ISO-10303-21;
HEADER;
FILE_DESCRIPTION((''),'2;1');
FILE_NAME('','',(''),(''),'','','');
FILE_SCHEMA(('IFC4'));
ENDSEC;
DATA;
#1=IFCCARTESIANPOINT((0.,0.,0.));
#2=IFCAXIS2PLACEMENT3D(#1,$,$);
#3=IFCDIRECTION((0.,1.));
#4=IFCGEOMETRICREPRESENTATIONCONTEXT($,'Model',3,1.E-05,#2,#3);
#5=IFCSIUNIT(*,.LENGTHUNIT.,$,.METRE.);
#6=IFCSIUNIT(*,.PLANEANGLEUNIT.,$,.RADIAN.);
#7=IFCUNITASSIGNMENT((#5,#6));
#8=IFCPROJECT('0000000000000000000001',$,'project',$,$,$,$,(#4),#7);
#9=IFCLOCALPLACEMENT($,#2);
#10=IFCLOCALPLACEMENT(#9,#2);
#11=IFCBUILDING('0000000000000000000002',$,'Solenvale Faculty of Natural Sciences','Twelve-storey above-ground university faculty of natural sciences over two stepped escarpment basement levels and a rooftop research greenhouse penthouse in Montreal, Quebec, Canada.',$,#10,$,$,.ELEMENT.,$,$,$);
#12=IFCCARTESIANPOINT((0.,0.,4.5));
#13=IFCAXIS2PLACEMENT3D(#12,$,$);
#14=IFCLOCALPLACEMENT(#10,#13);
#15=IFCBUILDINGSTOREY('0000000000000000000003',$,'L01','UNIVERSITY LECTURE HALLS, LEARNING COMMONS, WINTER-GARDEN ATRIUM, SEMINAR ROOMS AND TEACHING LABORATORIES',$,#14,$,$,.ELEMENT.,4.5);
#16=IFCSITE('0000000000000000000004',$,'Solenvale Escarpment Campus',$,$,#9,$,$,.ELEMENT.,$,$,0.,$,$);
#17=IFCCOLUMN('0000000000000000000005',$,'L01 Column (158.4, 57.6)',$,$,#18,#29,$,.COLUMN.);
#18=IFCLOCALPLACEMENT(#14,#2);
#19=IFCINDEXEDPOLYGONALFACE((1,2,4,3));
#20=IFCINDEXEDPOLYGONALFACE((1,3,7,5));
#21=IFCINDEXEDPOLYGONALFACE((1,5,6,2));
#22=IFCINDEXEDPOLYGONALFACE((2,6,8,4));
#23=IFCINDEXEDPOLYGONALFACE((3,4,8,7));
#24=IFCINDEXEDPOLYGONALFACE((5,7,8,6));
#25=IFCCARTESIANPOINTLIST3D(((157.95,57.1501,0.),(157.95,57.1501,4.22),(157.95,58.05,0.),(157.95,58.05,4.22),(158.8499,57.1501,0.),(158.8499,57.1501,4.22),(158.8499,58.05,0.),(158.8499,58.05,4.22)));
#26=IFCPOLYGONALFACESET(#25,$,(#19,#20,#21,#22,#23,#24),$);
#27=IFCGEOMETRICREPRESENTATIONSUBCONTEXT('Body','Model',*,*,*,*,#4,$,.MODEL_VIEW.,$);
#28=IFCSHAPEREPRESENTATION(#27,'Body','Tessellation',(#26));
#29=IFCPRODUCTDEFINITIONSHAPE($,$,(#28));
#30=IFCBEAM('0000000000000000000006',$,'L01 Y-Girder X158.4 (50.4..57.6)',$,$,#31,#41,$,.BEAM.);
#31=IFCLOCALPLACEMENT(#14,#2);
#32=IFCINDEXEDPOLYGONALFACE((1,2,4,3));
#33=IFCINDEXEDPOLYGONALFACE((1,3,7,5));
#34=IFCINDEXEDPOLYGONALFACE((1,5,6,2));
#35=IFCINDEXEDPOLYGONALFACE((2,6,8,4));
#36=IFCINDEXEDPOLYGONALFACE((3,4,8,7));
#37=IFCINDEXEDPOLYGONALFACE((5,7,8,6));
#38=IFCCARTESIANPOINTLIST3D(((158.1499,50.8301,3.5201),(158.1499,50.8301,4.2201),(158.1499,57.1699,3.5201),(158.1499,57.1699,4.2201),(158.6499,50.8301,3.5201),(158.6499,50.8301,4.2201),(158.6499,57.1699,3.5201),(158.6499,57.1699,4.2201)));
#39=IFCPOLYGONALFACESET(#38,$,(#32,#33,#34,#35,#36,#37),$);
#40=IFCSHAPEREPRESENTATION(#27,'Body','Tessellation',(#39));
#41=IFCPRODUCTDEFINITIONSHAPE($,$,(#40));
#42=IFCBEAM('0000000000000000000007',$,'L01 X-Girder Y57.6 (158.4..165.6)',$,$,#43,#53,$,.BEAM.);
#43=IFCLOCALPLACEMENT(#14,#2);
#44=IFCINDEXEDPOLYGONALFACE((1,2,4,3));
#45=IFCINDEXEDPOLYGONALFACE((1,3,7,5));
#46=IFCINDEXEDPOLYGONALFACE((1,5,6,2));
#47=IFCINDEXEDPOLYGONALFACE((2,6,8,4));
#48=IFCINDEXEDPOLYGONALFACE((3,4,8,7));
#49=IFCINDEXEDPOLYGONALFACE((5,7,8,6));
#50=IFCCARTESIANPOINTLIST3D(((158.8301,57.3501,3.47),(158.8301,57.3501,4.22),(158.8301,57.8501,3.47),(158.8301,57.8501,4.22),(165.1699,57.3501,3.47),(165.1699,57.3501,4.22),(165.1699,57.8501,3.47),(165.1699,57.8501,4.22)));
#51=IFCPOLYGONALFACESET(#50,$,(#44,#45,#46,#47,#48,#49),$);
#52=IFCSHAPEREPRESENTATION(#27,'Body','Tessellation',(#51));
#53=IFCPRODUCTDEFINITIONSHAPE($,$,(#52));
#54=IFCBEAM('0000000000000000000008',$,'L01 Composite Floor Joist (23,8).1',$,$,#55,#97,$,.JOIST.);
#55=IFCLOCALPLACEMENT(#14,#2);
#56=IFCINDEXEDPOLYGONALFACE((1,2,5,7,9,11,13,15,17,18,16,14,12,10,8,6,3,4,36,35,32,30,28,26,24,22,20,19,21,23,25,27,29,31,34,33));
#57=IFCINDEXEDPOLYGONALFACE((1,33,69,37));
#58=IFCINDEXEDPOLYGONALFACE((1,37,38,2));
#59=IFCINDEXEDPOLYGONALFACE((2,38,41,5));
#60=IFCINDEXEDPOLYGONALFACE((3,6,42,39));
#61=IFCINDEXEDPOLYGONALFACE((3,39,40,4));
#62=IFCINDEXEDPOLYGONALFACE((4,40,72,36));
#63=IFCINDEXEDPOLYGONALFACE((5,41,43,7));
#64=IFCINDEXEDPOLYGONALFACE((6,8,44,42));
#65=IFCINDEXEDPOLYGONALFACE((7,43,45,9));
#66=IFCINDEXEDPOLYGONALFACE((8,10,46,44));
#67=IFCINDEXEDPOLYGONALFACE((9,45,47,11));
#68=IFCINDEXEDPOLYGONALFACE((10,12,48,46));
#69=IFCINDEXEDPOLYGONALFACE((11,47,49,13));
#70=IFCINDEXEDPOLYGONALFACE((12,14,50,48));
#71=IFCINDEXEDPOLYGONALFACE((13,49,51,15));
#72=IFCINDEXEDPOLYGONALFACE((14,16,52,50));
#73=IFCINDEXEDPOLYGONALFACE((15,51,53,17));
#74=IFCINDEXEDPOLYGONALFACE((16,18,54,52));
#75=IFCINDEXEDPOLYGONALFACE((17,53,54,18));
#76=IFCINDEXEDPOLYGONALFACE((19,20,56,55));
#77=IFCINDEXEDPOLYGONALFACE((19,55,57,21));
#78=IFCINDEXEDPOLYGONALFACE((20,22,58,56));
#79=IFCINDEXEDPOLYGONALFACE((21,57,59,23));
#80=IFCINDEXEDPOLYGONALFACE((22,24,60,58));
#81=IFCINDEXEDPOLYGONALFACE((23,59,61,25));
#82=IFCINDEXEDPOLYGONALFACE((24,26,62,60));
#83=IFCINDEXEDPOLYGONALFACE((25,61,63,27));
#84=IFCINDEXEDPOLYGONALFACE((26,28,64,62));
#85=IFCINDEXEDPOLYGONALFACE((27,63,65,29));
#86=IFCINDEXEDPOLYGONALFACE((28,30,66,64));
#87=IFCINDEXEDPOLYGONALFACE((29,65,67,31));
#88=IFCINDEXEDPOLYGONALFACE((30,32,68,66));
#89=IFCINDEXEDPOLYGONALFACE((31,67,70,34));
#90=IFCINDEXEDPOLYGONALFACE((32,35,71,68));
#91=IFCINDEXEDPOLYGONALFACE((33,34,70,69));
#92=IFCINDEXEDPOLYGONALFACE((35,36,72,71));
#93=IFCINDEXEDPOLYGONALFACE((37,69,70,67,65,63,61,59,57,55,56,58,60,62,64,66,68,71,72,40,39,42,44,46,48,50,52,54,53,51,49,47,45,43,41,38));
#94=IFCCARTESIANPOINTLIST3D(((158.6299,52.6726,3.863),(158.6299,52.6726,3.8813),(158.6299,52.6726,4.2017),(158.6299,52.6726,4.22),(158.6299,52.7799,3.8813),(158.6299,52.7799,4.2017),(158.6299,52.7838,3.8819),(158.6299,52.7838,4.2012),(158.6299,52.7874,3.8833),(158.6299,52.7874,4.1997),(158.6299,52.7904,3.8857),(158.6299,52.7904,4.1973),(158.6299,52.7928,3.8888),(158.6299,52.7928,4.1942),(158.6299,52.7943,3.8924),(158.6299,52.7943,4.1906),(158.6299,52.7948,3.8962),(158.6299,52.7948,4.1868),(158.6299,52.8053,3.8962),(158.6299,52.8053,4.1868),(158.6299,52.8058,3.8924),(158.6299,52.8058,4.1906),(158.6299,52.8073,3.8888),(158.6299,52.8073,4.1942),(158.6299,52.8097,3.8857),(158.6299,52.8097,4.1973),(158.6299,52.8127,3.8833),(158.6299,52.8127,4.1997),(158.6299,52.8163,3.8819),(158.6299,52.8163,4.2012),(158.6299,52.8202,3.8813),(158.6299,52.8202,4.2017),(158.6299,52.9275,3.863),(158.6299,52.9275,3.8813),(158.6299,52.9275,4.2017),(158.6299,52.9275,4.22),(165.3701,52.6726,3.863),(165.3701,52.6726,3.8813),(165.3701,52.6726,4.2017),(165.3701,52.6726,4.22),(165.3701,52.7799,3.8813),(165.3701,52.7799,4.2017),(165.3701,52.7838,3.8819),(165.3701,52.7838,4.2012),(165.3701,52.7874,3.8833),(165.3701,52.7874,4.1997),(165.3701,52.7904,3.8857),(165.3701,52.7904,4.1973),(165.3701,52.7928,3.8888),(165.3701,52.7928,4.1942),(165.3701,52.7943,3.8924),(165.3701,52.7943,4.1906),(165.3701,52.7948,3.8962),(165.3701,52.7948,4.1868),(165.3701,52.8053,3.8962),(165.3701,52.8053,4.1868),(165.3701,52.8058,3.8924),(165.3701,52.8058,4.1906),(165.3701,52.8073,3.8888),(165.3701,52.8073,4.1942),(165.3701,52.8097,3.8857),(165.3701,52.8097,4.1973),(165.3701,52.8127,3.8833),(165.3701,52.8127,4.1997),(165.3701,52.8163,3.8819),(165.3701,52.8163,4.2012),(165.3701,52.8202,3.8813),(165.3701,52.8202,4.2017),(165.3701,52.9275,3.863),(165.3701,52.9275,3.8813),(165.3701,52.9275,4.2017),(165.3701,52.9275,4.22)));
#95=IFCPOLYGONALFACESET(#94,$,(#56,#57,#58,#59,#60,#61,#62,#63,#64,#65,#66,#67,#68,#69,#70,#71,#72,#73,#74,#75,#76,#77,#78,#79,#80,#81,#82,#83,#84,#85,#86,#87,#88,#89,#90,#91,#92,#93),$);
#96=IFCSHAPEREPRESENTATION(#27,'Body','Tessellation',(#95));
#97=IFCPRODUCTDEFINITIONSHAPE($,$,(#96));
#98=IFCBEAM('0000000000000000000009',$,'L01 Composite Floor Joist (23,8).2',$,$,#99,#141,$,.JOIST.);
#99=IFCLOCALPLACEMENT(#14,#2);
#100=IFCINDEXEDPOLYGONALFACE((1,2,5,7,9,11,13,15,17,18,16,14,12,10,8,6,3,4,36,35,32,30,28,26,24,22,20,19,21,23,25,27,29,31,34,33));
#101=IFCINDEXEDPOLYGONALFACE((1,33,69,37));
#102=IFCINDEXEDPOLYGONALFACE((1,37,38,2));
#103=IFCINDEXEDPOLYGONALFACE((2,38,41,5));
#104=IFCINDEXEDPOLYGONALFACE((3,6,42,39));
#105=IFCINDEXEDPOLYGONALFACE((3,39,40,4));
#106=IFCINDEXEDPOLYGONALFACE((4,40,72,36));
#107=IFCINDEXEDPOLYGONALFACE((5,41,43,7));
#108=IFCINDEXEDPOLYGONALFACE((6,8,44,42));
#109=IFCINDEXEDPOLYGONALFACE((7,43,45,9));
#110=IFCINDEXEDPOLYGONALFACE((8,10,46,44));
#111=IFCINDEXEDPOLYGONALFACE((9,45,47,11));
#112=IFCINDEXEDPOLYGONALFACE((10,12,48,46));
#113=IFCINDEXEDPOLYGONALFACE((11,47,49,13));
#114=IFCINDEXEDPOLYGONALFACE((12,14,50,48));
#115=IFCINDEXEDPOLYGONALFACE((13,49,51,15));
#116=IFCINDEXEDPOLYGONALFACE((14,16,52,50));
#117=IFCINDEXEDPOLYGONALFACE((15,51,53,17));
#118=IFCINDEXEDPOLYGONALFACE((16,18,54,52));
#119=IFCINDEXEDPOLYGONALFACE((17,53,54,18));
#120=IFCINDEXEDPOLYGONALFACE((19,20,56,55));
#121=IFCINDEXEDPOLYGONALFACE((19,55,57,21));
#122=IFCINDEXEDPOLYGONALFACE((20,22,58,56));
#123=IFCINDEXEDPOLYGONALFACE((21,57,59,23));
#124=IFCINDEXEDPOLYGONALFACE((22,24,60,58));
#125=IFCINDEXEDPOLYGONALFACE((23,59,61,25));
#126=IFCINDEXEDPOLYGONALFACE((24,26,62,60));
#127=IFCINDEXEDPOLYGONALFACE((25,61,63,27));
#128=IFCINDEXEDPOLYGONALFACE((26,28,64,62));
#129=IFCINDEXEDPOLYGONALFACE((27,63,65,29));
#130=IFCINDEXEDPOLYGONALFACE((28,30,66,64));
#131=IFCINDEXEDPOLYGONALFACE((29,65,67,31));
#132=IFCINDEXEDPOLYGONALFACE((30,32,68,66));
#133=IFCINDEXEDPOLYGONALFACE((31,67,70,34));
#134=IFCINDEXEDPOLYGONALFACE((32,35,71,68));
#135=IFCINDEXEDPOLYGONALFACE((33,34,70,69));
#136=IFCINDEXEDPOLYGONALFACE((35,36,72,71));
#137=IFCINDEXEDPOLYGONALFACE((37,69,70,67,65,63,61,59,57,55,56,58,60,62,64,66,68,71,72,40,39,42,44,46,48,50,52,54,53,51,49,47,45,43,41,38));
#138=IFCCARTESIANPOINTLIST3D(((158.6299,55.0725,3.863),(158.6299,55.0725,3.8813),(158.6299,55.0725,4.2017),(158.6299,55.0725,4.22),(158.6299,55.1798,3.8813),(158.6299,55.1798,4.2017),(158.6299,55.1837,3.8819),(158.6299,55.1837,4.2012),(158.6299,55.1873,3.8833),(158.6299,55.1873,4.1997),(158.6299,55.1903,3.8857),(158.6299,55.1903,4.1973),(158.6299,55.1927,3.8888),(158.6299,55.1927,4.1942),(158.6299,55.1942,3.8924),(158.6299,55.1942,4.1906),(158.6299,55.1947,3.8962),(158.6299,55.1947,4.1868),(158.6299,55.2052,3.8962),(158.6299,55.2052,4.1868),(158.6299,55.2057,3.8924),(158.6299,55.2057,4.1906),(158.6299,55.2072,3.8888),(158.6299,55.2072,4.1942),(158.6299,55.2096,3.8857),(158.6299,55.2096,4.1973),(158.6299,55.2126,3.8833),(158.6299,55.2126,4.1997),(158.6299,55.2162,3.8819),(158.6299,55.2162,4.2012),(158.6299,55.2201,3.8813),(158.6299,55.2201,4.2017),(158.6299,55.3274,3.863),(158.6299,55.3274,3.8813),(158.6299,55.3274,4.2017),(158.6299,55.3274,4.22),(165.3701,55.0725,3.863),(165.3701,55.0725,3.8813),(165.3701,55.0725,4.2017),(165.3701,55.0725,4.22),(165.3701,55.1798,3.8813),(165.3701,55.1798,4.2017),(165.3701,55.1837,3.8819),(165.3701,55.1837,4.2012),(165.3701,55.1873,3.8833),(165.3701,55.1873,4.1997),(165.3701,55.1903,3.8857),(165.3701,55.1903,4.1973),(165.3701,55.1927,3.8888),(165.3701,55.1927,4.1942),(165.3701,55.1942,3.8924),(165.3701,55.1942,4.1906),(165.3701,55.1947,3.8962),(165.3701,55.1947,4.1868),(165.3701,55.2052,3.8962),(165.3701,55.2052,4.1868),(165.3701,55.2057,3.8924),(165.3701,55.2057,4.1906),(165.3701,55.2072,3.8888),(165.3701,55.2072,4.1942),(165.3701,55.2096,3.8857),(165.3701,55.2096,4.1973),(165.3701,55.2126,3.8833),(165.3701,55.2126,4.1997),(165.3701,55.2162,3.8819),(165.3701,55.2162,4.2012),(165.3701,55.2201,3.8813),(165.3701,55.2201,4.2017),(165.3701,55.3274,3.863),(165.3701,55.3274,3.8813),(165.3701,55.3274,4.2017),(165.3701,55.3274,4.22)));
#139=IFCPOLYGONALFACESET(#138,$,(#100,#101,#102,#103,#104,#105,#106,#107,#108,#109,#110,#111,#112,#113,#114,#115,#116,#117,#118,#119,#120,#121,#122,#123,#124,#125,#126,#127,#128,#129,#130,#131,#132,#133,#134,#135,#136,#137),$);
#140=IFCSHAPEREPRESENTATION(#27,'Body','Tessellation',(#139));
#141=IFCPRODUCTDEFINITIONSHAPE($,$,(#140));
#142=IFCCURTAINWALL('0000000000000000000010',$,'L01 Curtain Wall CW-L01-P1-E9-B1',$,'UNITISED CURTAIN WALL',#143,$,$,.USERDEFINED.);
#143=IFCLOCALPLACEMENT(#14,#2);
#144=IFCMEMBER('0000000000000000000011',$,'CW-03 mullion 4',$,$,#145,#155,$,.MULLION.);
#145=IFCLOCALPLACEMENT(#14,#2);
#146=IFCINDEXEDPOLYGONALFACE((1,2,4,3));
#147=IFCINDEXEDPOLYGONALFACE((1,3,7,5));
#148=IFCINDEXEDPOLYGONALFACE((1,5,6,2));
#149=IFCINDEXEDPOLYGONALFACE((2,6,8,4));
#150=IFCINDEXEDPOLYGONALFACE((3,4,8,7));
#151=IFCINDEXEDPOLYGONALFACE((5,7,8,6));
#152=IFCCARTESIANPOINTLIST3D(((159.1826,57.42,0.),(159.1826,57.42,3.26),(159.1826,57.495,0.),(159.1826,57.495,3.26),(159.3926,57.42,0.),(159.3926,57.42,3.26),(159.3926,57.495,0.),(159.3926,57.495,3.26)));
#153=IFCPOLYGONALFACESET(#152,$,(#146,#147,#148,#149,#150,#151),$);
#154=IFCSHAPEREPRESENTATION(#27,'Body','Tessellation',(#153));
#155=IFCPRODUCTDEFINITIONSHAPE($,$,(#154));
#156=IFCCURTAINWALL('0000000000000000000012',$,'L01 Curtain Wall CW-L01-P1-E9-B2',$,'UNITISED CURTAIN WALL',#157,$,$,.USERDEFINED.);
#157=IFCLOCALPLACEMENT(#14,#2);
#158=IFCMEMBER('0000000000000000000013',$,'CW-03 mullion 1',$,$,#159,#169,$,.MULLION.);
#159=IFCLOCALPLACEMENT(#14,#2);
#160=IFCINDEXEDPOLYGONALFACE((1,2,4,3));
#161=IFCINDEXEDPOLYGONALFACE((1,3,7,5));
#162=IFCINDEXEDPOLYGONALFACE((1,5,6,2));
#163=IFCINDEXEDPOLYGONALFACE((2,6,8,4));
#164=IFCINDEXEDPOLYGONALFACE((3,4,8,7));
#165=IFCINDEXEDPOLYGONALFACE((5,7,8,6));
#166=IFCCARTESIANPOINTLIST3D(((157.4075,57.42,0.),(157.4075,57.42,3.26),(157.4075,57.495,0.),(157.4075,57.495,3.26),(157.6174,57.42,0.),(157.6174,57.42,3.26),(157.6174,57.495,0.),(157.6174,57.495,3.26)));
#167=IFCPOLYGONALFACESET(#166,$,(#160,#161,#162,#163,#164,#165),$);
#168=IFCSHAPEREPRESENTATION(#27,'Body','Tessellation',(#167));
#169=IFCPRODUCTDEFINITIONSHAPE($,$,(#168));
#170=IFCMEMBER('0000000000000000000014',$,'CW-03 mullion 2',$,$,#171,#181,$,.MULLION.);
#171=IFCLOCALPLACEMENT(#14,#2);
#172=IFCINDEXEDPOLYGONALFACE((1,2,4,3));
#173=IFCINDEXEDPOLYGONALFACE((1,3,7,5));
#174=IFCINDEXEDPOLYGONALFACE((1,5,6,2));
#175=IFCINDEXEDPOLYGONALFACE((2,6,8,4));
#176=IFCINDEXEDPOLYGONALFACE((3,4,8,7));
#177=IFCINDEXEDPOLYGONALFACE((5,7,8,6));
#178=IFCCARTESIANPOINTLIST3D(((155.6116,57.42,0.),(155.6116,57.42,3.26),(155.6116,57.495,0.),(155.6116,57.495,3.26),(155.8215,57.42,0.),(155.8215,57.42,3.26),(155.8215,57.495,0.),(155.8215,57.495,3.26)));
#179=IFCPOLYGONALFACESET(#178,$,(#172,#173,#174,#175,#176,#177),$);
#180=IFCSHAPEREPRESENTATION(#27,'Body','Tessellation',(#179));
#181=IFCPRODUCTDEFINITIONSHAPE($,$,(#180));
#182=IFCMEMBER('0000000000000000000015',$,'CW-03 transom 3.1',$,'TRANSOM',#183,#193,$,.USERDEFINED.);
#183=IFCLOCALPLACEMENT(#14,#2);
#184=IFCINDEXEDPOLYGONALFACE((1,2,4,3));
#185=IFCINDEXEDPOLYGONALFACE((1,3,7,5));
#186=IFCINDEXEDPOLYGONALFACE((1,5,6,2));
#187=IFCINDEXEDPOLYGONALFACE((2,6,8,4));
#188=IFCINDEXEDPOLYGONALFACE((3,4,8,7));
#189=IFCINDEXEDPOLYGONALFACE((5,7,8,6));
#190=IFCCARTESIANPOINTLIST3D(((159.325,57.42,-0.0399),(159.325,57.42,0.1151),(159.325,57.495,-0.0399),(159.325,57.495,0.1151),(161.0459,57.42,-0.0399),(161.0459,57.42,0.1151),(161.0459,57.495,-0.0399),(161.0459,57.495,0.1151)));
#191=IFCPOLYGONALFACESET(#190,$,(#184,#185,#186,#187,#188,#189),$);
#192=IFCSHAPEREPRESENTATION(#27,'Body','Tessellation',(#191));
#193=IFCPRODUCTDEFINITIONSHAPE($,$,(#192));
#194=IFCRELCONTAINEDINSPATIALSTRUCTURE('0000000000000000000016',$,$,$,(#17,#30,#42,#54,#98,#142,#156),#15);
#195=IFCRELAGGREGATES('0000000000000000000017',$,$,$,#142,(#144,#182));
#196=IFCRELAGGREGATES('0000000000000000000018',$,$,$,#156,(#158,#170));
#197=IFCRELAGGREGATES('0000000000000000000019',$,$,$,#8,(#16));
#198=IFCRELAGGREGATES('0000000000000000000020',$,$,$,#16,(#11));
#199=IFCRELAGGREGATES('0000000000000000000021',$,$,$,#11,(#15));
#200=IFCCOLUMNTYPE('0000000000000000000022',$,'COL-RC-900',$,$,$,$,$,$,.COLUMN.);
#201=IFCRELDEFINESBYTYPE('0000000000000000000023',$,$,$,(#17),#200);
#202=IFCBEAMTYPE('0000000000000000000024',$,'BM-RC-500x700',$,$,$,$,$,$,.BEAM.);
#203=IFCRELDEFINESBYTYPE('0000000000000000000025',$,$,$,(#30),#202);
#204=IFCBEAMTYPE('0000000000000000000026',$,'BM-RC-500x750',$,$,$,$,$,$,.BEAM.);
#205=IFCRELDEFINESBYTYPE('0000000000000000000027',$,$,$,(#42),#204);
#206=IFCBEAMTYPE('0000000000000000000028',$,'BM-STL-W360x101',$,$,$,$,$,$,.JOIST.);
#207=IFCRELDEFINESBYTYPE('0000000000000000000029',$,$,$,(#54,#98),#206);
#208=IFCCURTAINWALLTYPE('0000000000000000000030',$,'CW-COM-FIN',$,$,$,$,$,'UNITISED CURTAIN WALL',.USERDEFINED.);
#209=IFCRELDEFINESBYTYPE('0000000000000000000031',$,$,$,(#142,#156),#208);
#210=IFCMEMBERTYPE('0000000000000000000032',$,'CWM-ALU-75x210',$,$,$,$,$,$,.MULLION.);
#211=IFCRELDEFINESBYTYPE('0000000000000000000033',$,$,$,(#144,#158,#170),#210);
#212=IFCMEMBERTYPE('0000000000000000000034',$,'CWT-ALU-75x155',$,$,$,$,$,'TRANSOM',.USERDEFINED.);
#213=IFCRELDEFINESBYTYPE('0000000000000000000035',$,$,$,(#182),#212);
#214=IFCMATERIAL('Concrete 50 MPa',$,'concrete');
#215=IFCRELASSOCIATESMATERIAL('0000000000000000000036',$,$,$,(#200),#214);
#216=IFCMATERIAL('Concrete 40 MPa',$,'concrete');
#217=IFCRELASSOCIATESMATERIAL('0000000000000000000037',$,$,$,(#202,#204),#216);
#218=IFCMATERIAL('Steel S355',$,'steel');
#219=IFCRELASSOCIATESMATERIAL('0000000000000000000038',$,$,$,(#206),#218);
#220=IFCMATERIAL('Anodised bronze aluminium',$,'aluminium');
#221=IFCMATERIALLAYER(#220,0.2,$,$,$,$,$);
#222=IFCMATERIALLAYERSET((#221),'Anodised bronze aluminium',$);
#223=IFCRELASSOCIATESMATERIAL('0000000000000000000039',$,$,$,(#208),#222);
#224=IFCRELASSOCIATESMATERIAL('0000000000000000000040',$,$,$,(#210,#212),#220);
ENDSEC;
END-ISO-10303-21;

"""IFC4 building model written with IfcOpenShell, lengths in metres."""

from ifc_helpers import new_model, si_unit, direction, frame, origin, origin_2d, place, context, subcontext, project, spatial, rectangle, i_section, extrude, material, layer, layer_set, material_profile, profile_set, type_object, element, aggregate, save


model = new_model("IFC4")

# Units and contexts
model_context = context("Model", 3, precision=1e-05, world=origin(), true_north=direction((0.0, 1.0)))
body_context = subcontext(model_context, "Body", "Model", "MODEL_VIEW")
ifc_project = project(units=[si_unit("LENGTHUNIT", "METRE"), si_unit("PLANEANGLEUNIT", "RADIAN")], contexts=[model_context])

# Site, building, storey
site_placement = place(None, origin())
site = spatial("IfcSite", under=ifc_project, at=site_placement, Name="Solenvale Escarpment Campus", CompositionType="ELEMENT", RefElevation=0.0)
building_placement = place(site_placement, origin())
building = spatial("IfcBuilding", under=site, at=building_placement, Name="Solenvale Faculty of Natural Sciences", Description="Twelve-storey above-ground university faculty of natural sciences over two stepped escarpment basement levels and a rooftop research greenhouse penthouse in Montreal, Quebec, Canada.", CompositionType="ELEMENT")
storey_placement = place(building_placement, frame((0.0, 0.0, 4.5)))
storey = spatial("IfcBuildingStorey", under=building, at=storey_placement, Name="L01", Description="UNIVERSITY LECTURE HALLS, LEARNING COMMONS, WINTER-GARDEN ATRIUM, SEMINAR ROOMS AND TEACHING LABORATORIES", CompositionType="ELEMENT", Elevation=4.5)

# Column
ifc_material_1 = material(Name="Concrete 50 MPa", Category="concrete")
ifc_material_profile_1 = material_profile(ifc_material_1, rectangle(XDim=0.8999, YDim=0.8999, at=origin_2d()), Name="RC-COL-900x900")
ifc_profile_set_1 = profile_set([ifc_material_profile_1], Name="Concrete 50 MPa")
column_type = type_object("IfcColumnType", Name="COL-RC-900", PredefinedType="COLUMN", material=ifc_profile_set_1)
column_placement = place(storey_placement, frame((158.3999, 57.6001, 0.0), z_axis=(0.0, 0.0, 1.0), x_axis=(1.0, 0.0, 0.0)))
element("IfcColumn", 1, at=column_placement, inside=storey, type_object=column_type, Name="L01 Column (158.4, 57.6)", PredefinedType="COLUMN", context=body_context, shape_type="SweptSolid", body=[
    extrude(rectangle(XDim=0.8999, YDim=0.8999, at=origin_2d()), origin(), (0.0, 0.0, 1.0), 4.22),
])

# Beams
ifc_material_2 = material(Name="Concrete 40 MPa", Category="concrete")
ifc_material_profile_2 = material_profile(ifc_material_2, rectangle(XDim=0.5, YDim=0.7, at=origin_2d()), Name="RC-BM-500x700")
ifc_profile_set_2 = profile_set([ifc_material_profile_2], Name="Concrete 40 MPa")
beam_type_1 = type_object("IfcBeamType", Name="BM-RC-500x700", PredefinedType="BEAM", material=ifc_profile_set_2)
beam_1_placement = place(storey_placement, frame((158.3999, 50.8301, 3.8701), z_axis=(0.0, 1.0, 0.0), x_axis=(-1.0, 0.0, 0.0)))
element("IfcBeam", 2, at=beam_1_placement, inside=storey, type_object=beam_type_1, Name="L01 Y-Girder X158.4 (50.4..57.6)", PredefinedType="BEAM", context=body_context, shape_type="SweptSolid", body=[
    extrude(rectangle(XDim=0.5, YDim=0.7, at=origin_2d()), origin(), (0.0, 0.0, 1.0), 6.3398),
])
ifc_material_profile_3 = material_profile(ifc_material_2, rectangle(XDim=0.5, YDim=0.75, at=origin_2d()), Name="RC-BM-500x750")
ifc_profile_set_3 = profile_set([ifc_material_profile_3], Name="Concrete 40 MPa")
beam_type_2 = type_object("IfcBeamType", Name="BM-RC-500x750", PredefinedType="BEAM", material=ifc_profile_set_3)
beam_2_placement = place(storey_placement, frame((158.8301, 57.6001, 3.845), z_axis=(1.0, 0.0, 0.0), x_axis=(0.0, 1.0, 0.0)))
element("IfcBeam", 3, at=beam_2_placement, inside=storey, type_object=beam_type_2, Name="L01 X-Girder Y57.6 (158.4..165.6)", PredefinedType="BEAM", context=body_context, shape_type="SweptSolid", body=[
    extrude(rectangle(XDim=0.5, YDim=0.75, at=origin_2d()), origin(), (0.0, 0.0, 1.0), 6.3398),
])
ifc_material_3 = material(Name="Steel S355", Category="steel")
ifc_material_profile_4 = material_profile(ifc_material_3, i_section(OverallWidth=0.2549, OverallDepth=0.3569, WebThickness=0.0105, FlangeThickness=0.0183, FilletRadius=0.0149, at=origin_2d()), Name="W360x101")
ifc_profile_set_4 = profile_set([ifc_material_profile_4], Name="Steel S355")
beam_type_3 = type_object("IfcBeamType", Name="BM-STL-W360x101", PredefinedType="JOIST", material=ifc_profile_set_4)
for number, where, z_axis, x_axis, name in (
    (4, (158.6299, 52.8, 4.0415), (1.0, 0.0, 0.0), (0.0, 1.0, 0.0), "L01 Composite Floor Joist (23,8).1"),
    (5, (158.6299, 55.2, 4.0415), (1.0, 0.0, 0.0), (0.0, 1.0, 0.0), "L01 Composite Floor Joist (23,8).2"),
):
    element("IfcBeam", number, at=place(storey_placement, frame(where, z_axis=z_axis, x_axis=x_axis)), inside=storey, type_object=beam_type_3, Name=name, PredefinedType="JOIST", context=body_context, shape_type="SweptSolid", body=[
        extrude(i_section(OverallWidth=0.2549, OverallDepth=0.3569, WebThickness=0.0105, FlangeThickness=0.0183, FilletRadius=0.0149, at=origin_2d()), origin(), (0.0, 0.0, 1.0), 6.7402),
    ])

# Curtain wall, member
ifc_material_4 = material(Name="Anodised bronze aluminium", Category="aluminium")
ifc_layer_1 = layer(ifc_material_4, 0.2)
ifc_layer_set_1 = layer_set([ifc_layer_1], Name="Anodised bronze aluminium")
curtain_wall_type = type_object("IfcCurtainWallType", Name="CW-COM-FIN", ElementType="UNITISED CURTAIN WALL", PredefinedType="USERDEFINED", material=ifc_layer_set_1)
curtain_wall_1_placement = place(storey_placement, origin())
curtain_wall_1 = element("IfcCurtainWall", 6, at=curtain_wall_1_placement, inside=storey, type_object=curtain_wall_type, Name="L01 Curtain Wall CW-L01-P1-E9-B1", ObjectType="UNITISED CURTAIN WALL", PredefinedType="USERDEFINED")
ifc_material_profile_5 = material_profile(ifc_material_4, rectangle(XDim=0.075, YDim=0.21, at=origin_2d()), Name="ALU-MUL-75x210")
ifc_profile_set_5 = profile_set([ifc_material_profile_5], Name="Anodised bronze aluminium")
member_type_1 = type_object("IfcMemberType", Name="CWM-ALU-75x210", PredefinedType="MULLION", material=ifc_profile_set_5)
member_1_placement = place(storey_placement, frame((159.2876, 57.4575, 0.0), z_axis=(0.0, 0.0, 1.0), x_axis=(0.0, -1.0, 0.0)))
member_1 = element("IfcMember", 7, at=member_1_placement, type_object=member_type_1, Name="CW-03 mullion 4", PredefinedType="MULLION", context=body_context, shape_type="SweptSolid", body=[
    extrude(rectangle(XDim=0.075, YDim=0.21, at=origin_2d()), origin(), (0.0, 0.0, 1.0), 3.26),
])

# Curtain wall, members
curtain_wall_2_placement = place(storey_placement, origin())
curtain_wall_2 = element("IfcCurtainWall", 8, at=curtain_wall_2_placement, inside=storey, type_object=curtain_wall_type, Name="L01 Curtain Wall CW-L01-P1-E9-B2", ObjectType="UNITISED CURTAIN WALL", PredefinedType="USERDEFINED")
member_2_placement = place(storey_placement, frame((157.5125, 57.4575, 0.0), z_axis=(0.0, 0.0, 1.0), x_axis=(0.0, -1.0, 0.0)))
member_2 = element("IfcMember", 9, at=member_2_placement, type_object=member_type_1, Name="CW-03 mullion 1", PredefinedType="MULLION", context=body_context, shape_type="SweptSolid", body=[
    extrude(rectangle(XDim=0.075, YDim=0.21, at=origin_2d()), origin(), (0.0, 0.0, 1.0), 3.26),
])
member_3_placement = place(storey_placement, frame((155.7166, 57.4575, 0.0), z_axis=(0.0, 0.0, 1.0), x_axis=(0.0, -1.0, 0.0)))
member_3 = element("IfcMember", 10, at=member_3_placement, type_object=member_type_1, Name="CW-03 mullion 2", PredefinedType="MULLION", context=body_context, shape_type="SweptSolid", body=[
    extrude(rectangle(XDim=0.075, YDim=0.21, at=origin_2d()), origin(), (0.0, 0.0, 1.0), 3.26),
])

# Member
ifc_material_profile_6 = material_profile(ifc_material_4, rectangle(XDim=0.075, YDim=0.155, at=origin_2d()), Name="ALU-TRN-75x155")
ifc_profile_set_6 = profile_set([ifc_material_profile_6], Name="Anodised bronze aluminium")
member_type_2 = type_object("IfcMemberType", Name="CWT-ALU-75x155", ElementType="TRANSOM", PredefinedType="USERDEFINED", material=ifc_profile_set_6)
member_4_placement = place(storey_placement, frame((161.0459, 57.4575, 0.0376), z_axis=(-1.0, 0.0, 0.0), x_axis=(0.0, -1.0, 0.0)))
member_4 = element("IfcMember", 11, at=member_4_placement, type_object=member_type_2, Name="CW-03 transom 3.1", ObjectType="TRANSOM", PredefinedType="USERDEFINED", context=body_context, shape_type="SweptSolid", body=[
    extrude(rectangle(XDim=0.075, YDim=0.155, at=origin_2d()), origin(), (0.0, 0.0, 1.0), 1.7209),
])

aggregate(curtain_wall_1, [member_1, member_4])
aggregate(curtain_wall_2, [member_2, member_3])

save(model, "model.ifc")
